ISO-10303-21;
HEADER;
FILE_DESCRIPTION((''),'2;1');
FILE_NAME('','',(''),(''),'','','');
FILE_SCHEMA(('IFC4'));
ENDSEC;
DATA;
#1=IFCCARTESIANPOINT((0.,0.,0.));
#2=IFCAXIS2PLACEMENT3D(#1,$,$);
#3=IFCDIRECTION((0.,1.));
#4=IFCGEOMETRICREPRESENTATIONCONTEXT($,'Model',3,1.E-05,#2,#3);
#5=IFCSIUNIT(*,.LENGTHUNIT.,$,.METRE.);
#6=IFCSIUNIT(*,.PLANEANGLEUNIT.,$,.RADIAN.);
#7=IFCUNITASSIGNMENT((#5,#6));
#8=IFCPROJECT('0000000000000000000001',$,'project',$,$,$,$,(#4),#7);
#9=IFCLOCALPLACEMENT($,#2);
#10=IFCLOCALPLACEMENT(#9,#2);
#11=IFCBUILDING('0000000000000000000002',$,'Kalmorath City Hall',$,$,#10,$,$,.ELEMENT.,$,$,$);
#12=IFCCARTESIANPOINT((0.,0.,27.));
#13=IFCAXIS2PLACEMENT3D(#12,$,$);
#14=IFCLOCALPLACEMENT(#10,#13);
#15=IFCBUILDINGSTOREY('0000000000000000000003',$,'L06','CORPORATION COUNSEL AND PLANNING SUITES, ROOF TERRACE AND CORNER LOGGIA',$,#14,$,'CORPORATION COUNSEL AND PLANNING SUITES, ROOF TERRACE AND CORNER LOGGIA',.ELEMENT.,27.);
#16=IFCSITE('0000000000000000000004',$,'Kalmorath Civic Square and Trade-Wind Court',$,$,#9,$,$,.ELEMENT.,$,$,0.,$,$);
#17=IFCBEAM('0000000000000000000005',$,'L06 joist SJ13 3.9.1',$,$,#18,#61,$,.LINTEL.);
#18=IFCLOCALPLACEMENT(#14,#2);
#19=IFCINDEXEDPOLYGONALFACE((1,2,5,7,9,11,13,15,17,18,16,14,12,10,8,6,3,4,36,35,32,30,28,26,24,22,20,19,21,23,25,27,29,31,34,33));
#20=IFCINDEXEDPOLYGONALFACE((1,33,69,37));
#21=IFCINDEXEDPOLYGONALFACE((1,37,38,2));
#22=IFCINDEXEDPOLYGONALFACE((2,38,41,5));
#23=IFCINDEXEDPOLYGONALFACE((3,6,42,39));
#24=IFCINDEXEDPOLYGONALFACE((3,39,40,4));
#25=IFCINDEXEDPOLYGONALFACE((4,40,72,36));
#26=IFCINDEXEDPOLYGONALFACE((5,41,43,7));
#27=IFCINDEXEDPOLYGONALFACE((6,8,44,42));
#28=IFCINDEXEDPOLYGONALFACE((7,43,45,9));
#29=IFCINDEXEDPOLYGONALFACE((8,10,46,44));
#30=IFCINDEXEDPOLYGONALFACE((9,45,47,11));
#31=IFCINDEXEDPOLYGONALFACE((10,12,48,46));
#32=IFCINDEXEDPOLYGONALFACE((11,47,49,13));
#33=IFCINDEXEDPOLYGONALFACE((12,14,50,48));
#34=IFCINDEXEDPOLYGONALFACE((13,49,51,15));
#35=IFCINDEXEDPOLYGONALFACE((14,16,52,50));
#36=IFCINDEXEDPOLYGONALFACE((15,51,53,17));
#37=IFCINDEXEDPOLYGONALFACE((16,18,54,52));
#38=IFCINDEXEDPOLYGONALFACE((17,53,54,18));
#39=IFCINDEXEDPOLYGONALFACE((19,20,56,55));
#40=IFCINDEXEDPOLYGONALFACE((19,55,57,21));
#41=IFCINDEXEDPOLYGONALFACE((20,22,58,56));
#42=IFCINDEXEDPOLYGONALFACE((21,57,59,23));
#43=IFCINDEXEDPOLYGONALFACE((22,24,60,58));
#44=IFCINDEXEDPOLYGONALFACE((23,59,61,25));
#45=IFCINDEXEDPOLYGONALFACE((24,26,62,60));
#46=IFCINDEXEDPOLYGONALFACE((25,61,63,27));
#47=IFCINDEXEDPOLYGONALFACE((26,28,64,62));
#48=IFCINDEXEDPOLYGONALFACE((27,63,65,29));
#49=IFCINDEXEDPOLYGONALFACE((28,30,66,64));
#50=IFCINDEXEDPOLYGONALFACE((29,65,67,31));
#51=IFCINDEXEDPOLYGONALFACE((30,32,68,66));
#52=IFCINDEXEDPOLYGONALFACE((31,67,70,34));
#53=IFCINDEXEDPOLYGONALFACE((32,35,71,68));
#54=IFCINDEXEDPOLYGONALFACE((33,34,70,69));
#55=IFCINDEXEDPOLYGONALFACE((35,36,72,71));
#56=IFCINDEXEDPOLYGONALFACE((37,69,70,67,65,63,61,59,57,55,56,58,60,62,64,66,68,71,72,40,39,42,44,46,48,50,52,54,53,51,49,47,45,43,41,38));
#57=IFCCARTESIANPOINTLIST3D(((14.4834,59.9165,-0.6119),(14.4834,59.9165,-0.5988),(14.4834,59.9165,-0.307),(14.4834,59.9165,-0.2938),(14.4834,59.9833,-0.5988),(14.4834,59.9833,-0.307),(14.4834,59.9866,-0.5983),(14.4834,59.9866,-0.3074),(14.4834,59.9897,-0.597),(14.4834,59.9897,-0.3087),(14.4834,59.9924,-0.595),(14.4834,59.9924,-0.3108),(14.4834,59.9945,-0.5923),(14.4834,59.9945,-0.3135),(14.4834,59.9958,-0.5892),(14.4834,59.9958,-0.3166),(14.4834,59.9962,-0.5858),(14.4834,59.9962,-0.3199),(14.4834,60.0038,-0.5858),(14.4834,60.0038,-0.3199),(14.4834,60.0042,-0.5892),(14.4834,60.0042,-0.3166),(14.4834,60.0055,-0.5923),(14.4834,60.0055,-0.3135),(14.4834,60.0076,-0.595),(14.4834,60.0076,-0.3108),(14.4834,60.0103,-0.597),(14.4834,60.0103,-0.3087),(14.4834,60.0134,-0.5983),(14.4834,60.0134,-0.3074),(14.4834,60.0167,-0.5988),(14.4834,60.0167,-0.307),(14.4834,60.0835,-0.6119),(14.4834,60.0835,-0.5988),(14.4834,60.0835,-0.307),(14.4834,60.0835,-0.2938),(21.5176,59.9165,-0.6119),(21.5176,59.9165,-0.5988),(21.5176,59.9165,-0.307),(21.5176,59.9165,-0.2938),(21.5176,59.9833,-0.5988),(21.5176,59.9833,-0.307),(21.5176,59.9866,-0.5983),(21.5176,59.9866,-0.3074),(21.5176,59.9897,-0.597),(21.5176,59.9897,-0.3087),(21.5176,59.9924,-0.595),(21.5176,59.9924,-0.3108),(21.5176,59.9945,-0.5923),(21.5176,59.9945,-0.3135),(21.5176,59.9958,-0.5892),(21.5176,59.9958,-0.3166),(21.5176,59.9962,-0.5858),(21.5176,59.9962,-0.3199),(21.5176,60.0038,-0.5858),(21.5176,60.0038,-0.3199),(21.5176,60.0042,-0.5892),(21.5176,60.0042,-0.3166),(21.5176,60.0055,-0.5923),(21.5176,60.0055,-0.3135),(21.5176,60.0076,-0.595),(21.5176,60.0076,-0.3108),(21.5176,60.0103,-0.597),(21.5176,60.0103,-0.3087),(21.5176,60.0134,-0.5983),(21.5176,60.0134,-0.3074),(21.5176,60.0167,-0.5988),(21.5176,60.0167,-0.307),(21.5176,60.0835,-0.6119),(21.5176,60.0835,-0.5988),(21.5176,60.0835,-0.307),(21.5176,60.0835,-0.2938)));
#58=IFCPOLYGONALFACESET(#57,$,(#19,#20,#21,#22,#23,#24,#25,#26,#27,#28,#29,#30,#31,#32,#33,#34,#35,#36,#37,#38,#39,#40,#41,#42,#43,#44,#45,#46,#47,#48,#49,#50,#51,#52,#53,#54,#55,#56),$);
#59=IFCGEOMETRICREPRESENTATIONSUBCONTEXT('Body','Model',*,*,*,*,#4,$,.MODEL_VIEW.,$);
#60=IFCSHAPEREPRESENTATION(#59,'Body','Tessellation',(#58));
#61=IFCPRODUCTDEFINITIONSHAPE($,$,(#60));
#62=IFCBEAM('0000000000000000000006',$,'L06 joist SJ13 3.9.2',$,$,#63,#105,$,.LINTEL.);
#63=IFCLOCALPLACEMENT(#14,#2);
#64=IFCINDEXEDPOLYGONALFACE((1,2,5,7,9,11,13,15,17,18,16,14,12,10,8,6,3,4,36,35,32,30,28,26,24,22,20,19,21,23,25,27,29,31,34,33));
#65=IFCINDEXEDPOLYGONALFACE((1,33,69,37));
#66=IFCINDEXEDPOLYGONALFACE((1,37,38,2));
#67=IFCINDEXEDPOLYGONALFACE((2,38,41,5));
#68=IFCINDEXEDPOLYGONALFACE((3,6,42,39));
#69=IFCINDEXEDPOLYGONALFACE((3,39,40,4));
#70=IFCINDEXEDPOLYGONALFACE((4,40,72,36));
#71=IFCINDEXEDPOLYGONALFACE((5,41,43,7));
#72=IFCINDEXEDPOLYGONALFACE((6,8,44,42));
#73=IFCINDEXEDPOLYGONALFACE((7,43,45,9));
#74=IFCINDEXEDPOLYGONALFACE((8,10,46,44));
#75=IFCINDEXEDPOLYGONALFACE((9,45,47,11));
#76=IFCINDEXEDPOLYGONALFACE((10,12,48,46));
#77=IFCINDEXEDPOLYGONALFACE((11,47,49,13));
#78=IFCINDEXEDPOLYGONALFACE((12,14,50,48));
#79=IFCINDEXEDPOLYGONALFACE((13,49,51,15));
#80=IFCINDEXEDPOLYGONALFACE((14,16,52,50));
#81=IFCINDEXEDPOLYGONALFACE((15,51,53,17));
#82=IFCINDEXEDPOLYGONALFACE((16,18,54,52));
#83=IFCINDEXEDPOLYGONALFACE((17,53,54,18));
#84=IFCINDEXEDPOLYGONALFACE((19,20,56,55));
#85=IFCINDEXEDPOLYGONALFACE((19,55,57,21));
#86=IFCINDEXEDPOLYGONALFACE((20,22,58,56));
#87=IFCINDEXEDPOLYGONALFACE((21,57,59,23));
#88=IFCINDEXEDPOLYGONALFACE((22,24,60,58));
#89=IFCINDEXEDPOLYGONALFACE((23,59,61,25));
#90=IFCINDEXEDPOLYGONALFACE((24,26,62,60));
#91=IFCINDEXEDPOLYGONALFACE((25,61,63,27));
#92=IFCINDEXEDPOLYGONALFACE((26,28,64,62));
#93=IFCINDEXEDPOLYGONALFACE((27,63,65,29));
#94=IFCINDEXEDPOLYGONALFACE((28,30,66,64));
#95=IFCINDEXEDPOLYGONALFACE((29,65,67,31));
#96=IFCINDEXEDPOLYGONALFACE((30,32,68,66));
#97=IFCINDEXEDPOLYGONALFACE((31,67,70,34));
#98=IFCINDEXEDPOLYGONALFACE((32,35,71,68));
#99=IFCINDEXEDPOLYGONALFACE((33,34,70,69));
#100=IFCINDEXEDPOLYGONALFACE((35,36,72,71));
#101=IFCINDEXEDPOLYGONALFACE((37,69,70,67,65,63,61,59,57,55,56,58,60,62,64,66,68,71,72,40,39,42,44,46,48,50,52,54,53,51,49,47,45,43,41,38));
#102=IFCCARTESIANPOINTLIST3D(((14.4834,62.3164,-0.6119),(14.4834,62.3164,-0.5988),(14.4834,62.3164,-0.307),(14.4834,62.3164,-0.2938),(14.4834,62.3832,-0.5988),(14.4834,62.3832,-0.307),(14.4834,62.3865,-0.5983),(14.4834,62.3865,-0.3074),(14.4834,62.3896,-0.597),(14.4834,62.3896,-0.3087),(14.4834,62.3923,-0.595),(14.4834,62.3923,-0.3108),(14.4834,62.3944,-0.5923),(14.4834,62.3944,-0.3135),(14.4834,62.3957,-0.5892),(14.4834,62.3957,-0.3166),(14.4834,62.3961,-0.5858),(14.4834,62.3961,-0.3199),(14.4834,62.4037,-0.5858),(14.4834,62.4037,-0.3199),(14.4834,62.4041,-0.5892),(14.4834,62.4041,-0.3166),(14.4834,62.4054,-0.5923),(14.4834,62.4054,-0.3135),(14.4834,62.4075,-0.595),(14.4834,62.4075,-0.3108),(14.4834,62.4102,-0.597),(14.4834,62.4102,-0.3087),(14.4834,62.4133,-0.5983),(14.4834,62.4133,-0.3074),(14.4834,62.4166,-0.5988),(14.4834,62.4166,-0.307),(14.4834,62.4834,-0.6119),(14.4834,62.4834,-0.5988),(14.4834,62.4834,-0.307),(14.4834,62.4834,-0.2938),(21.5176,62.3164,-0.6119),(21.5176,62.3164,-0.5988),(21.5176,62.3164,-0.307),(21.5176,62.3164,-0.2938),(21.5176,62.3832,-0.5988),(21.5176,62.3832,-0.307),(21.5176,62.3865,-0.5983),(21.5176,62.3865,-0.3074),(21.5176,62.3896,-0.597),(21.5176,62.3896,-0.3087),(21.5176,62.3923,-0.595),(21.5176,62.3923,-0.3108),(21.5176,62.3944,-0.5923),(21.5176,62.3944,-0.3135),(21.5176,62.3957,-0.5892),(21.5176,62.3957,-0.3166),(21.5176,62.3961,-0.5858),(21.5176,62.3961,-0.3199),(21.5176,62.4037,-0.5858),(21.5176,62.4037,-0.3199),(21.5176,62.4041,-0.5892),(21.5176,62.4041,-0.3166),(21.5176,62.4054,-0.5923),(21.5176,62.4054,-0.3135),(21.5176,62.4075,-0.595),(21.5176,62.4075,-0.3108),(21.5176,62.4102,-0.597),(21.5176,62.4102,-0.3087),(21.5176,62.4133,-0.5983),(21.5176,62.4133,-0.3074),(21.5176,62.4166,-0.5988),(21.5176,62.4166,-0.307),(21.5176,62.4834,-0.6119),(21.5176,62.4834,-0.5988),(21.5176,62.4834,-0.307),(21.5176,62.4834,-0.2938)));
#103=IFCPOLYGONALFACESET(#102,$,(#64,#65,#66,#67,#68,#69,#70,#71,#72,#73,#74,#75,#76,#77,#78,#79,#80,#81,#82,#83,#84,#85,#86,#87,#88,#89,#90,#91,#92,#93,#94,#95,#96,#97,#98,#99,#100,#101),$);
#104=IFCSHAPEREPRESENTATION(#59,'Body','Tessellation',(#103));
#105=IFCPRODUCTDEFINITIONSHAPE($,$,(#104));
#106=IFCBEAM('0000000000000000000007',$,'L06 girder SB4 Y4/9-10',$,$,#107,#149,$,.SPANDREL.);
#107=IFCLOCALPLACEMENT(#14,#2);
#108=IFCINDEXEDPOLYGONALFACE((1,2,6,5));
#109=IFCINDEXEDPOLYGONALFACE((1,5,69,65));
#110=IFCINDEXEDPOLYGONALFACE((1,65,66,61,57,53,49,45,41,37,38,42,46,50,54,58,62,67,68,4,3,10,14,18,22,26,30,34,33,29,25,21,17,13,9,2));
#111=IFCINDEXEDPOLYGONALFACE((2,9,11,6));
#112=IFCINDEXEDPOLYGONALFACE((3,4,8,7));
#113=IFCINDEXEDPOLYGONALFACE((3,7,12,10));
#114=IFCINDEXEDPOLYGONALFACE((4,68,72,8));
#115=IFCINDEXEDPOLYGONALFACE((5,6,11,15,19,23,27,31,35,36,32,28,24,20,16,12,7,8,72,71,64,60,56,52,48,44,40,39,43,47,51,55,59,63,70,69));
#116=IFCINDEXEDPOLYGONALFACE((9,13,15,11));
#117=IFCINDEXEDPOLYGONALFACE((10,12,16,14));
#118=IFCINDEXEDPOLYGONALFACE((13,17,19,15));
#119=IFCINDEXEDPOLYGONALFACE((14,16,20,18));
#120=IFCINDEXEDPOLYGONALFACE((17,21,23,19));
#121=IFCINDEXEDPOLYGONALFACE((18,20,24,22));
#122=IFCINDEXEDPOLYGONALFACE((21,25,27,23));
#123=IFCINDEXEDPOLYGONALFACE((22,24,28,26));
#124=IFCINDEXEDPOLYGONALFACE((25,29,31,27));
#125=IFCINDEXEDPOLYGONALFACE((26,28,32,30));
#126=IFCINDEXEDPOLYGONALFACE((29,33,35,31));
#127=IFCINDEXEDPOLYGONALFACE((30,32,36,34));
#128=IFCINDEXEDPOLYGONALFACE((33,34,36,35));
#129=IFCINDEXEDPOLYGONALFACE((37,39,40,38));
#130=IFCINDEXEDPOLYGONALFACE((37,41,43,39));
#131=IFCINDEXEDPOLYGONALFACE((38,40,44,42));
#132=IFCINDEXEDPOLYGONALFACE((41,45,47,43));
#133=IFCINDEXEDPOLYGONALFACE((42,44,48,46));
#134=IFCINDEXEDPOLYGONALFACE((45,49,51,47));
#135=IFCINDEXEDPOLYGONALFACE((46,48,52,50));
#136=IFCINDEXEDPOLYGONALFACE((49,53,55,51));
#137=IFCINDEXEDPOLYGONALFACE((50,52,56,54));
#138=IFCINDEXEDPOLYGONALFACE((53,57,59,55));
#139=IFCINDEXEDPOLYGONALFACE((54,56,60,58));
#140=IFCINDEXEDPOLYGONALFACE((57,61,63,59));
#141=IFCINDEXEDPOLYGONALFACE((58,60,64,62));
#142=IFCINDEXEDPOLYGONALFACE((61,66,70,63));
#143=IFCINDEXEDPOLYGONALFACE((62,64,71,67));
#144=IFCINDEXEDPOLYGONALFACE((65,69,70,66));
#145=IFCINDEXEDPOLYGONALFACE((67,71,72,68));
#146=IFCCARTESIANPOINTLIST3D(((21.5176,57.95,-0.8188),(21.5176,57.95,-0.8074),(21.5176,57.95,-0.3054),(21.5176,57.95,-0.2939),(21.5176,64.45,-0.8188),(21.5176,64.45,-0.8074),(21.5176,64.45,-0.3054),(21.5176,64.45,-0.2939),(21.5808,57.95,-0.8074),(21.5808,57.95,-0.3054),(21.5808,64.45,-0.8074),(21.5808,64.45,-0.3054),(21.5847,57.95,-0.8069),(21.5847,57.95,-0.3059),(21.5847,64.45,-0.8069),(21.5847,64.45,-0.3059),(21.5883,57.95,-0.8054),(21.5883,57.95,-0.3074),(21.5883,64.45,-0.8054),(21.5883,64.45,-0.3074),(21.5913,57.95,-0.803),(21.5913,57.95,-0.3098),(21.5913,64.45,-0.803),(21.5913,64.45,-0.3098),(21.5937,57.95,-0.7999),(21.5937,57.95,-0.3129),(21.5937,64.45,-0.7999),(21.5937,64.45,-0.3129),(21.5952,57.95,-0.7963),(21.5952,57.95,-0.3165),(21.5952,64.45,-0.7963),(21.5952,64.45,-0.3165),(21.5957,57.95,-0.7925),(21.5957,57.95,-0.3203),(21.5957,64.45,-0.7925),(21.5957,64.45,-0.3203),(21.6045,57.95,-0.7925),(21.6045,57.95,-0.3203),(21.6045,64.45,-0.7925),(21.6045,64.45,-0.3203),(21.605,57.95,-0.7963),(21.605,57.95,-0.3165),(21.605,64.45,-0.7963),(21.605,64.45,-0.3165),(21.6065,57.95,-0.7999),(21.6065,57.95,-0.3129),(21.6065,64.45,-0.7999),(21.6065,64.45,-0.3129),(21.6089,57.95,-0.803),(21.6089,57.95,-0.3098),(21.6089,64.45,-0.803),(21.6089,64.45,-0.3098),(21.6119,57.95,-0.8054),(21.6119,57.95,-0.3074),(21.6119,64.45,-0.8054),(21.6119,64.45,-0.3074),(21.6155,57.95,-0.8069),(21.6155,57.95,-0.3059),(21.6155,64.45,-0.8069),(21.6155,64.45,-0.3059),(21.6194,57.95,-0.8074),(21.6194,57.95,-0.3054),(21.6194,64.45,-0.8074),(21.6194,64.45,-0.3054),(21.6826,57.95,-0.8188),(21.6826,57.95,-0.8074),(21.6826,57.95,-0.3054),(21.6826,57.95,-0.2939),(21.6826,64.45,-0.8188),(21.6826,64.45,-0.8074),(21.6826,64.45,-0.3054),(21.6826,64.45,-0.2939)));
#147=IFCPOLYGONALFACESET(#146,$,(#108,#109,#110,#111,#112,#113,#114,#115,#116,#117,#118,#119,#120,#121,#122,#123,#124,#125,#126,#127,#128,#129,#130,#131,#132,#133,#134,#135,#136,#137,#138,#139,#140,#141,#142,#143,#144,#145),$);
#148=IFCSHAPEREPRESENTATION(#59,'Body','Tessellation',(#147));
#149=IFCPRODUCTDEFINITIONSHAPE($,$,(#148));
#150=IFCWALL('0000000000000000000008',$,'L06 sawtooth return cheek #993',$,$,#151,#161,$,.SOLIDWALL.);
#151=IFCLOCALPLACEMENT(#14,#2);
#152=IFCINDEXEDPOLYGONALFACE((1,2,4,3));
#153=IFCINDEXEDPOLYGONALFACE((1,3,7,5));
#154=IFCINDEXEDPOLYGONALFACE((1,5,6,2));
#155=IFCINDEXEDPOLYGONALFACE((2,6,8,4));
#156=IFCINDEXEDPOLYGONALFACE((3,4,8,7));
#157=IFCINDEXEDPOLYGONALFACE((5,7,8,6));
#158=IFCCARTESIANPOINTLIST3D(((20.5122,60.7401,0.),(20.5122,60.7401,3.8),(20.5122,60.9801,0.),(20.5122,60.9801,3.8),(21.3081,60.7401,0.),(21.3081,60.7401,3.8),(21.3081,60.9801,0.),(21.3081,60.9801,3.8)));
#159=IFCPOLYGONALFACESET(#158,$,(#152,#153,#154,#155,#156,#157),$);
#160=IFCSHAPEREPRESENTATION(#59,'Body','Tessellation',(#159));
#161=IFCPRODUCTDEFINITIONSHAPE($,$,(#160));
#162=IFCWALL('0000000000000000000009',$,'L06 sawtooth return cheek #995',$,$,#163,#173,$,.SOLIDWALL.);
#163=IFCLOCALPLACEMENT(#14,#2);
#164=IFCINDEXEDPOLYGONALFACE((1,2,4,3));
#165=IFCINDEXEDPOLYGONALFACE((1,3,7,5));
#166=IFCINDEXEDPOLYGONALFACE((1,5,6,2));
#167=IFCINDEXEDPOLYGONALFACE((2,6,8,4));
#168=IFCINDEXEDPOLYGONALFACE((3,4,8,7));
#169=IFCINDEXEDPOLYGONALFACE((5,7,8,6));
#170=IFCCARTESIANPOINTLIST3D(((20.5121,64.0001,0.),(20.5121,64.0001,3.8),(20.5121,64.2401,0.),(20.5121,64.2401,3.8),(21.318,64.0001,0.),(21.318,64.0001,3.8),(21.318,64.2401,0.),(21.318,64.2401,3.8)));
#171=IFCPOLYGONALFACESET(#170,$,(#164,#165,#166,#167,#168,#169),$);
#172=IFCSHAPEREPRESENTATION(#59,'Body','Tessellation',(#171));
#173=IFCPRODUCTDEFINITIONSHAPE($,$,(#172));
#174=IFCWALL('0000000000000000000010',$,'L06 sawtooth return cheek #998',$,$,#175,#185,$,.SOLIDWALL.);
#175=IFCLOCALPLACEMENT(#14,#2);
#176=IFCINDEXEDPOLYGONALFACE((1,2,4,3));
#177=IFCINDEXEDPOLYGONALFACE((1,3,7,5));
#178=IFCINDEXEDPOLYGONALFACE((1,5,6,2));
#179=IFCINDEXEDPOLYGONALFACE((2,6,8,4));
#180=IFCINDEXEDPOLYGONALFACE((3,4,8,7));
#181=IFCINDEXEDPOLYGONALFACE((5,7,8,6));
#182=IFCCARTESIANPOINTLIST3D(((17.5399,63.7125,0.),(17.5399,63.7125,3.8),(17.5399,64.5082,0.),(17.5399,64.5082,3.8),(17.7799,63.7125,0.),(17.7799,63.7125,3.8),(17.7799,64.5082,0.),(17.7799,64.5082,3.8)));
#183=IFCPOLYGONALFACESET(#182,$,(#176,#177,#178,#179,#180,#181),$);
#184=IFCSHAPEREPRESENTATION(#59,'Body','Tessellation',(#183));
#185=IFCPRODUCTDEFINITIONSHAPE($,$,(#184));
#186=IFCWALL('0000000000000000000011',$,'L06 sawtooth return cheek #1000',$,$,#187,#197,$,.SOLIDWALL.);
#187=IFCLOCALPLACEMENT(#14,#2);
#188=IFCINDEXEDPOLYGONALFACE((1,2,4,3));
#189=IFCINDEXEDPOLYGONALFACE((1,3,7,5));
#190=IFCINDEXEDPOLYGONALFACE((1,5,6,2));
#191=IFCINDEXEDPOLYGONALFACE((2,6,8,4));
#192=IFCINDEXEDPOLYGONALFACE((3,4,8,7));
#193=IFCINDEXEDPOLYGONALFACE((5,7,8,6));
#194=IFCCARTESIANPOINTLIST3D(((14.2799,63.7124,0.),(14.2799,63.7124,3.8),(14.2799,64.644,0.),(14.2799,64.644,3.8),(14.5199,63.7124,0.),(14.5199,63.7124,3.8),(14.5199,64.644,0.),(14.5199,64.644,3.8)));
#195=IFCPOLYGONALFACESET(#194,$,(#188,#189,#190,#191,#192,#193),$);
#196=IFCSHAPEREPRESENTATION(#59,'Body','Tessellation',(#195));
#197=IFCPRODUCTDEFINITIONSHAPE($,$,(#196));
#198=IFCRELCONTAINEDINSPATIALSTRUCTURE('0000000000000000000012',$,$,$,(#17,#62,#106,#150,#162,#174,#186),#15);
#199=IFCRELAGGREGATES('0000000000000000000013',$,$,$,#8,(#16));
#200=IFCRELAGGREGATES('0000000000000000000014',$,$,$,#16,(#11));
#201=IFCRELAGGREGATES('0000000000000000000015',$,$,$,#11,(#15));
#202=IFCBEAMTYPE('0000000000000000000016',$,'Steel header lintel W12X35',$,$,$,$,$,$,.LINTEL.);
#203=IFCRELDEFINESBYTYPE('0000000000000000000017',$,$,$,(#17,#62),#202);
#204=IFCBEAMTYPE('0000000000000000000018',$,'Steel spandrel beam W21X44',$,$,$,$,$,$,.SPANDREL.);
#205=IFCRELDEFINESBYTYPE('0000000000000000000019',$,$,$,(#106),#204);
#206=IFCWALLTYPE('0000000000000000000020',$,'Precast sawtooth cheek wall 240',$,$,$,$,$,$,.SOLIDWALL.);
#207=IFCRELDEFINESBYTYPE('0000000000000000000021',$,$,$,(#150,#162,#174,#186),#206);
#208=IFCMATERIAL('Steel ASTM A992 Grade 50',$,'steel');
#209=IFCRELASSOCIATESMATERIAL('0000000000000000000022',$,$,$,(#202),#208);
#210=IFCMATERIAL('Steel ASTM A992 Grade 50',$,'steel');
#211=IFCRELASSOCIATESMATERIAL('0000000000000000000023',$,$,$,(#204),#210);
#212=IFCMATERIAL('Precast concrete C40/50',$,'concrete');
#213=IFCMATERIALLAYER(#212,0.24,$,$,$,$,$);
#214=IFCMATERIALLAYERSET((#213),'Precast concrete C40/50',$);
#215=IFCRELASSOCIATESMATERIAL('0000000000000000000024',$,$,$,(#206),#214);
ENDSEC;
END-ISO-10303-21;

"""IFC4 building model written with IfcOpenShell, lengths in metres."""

from ifc_helpers import new_model, si_unit, direction, frame, frame_2d, origin, origin_2d, place, context, subcontext, project, spatial, rectangle, i_section, extrude, material, layer, layer_set, material_profile, profile_set, type_object, element, save


model = new_model("IFC4")

# Units and contexts
model_context = context("Model", 3, precision=1e-05, world=origin(), true_north=direction((0.0, 1.0)))
body_context = subcontext(model_context, "Body", "Model", "MODEL_VIEW")
ifc_project = project(units=[si_unit("LENGTHUNIT", "METRE"), si_unit("PLANEANGLEUNIT", "RADIAN")], contexts=[model_context])

# Site, building, storey
site_placement = place(None, origin())
site = spatial("IfcSite", under=ifc_project, at=site_placement, Name="Kalmorath Civic Square and Trade-Wind Court", CompositionType="ELEMENT", RefElevation=0.0)
building_placement = place(site_placement, origin())
building = spatial("IfcBuilding", under=site, at=building_placement, Name="Kalmorath City Hall", CompositionType="ELEMENT")
storey_placement = place(building_placement, frame((0.0, 0.0, 27.0)))
storey = spatial("IfcBuildingStorey", under=building, at=storey_placement, Name="L06", Description="CORPORATION COUNSEL AND PLANNING SUITES, ROOF TERRACE AND CORNER LOGGIA", LongName="CORPORATION COUNSEL AND PLANNING SUITES, ROOF TERRACE AND CORNER LOGGIA", CompositionType="ELEMENT", Elevation=27.0)

# Beams
ifc_material_1 = material(Name="Steel ASTM A992 Grade 50", Category="steel")
ifc_material_profile_1 = material_profile(ifc_material_1, i_section(OverallWidth=0.167, OverallDepth=0.3181, WebThickness=0.0076, FlangeThickness=0.0132, FilletRadius=0.0129, at=origin_2d()), Name="W12X35")
ifc_profile_set_1 = profile_set([ifc_material_profile_1], Name="Steel ASTM A992 Grade 50")
beam_type_1 = type_object("IfcBeamType", Name="Steel header lintel W12X35", PredefinedType="LINTEL", material=ifc_profile_set_1)
for number, where, z_axis, x_axis, name in (
    (1, (14.4834, 60.0, -0.4529), (1.0, 0.0, 0.0), (0.0, 1.0, 0.0), "L06 joist SJ13 3.9.1"),
    (2, (14.4834, 62.3999, -0.4529), (1.0, 0.0, 0.0), (0.0, 1.0, 0.0), "L06 joist SJ13 3.9.2"),
):
    element("IfcBeam", number, at=place(storey_placement, frame(where, z_axis=z_axis, x_axis=x_axis)), inside=storey, type_object=beam_type_1, Name=name, PredefinedType="LINTEL", context=body_context, shape_type="SweptSolid", body=[
        extrude(i_section(OverallWidth=0.167, OverallDepth=0.3181, WebThickness=0.0076, FlangeThickness=0.0132, FilletRadius=0.0129, at=origin_2d()), origin(), (0.0, 0.0, 1.0), 7.0342),
    ])
ifc_material_2 = material(Name="Steel ASTM A992 Grade 50", Category="steel")
ifc_material_profile_2 = material_profile(ifc_material_2, i_section(OverallWidth=0.165, OverallDepth=0.5249, WebThickness=0.0088, FlangeThickness=0.0115, FilletRadius=0.0149, at=origin_2d()), Name="W21X44")
ifc_profile_set_2 = profile_set([ifc_material_profile_2], Name="Steel ASTM A992 Grade 50")
beam_type_2 = type_object("IfcBeamType", Name="Steel spandrel beam W21X44", PredefinedType="SPANDREL", material=ifc_profile_set_2)
beam_placement = place(storey_placement, frame((21.6001, 57.95, -0.5564), z_axis=(0.0, 1.0, 0.0), x_axis=(-1.0, 0.0, 0.0)))
element("IfcBeam", 3, at=beam_placement, inside=storey, type_object=beam_type_2, Name="L06 girder SB4 Y4/9-10", PredefinedType="SPANDREL", context=body_context, shape_type="SweptSolid", body=[
    extrude(i_section(OverallWidth=0.165, OverallDepth=0.5249, WebThickness=0.0088, FlangeThickness=0.0115, FilletRadius=0.0149, at=origin_2d()), origin(), (0.0, 0.0, 1.0), 6.5),
])

# Walls
ifc_material_3 = material(Name="Precast concrete C40/50", Category="concrete")
ifc_layer_1 = layer(ifc_material_3, 0.24)
ifc_layer_set_1 = layer_set([ifc_layer_1], Name="Precast concrete C40/50")
wall_type_1 = type_object("IfcWallType", Name="Precast sawtooth cheek wall 240", PredefinedType="SOLIDWALL", material=ifc_layer_set_1)
wall_1_placement = place(storey_placement, frame((20.5122, 60.8601, 0.0), z_axis=(0.0, 0.0, 1.0), x_axis=(1.0, 0.0, 0.0)))
element("IfcWall", 4, at=wall_1_placement, inside=storey, type_object=wall_type_1, Name="L06 sawtooth return cheek #993", PredefinedType="SOLIDWALL", context=body_context, shape_type="SweptSolid", body=[
    extrude(rectangle(XDim=0.7959, YDim=0.24, at=frame_2d((0.3979, 0.0))), origin(), (0.0, 0.0, 1.0), 3.8),
])
wall_2_placement = place(storey_placement, frame((20.5122, 64.1201, 0.0), z_axis=(0.0, 0.0, 1.0), x_axis=(1.0, 0.0, 0.0)))
element("IfcWall", 5, at=wall_2_placement, inside=storey, type_object=wall_type_1, Name="L06 sawtooth return cheek #995", PredefinedType="SOLIDWALL", context=body_context, shape_type="SweptSolid", body=[
    extrude(rectangle(XDim=0.8059, YDim=0.24, at=frame_2d((0.4028, 0.0))), origin(), (0.0, 0.0, 1.0), 3.8),
])
wall_3_placement = place(storey_placement, frame((17.6599, 63.7124, 0.0), z_axis=(0.0, 0.0, 1.0), x_axis=(0.0, 1.0, 0.0)))
element("IfcWall", 6, at=wall_3_placement, inside=storey, type_object=wall_type_1, Name="L06 sawtooth return cheek #998", PredefinedType="SOLIDWALL", context=body_context, shape_type="SweptSolid", body=[
    extrude(rectangle(XDim=0.7957, YDim=0.24, at=frame_2d((0.3979, 0.0))), origin(), (0.0, 0.0, 1.0), 3.8),
])
wall_4_placement = place(storey_placement, frame((14.3999, 63.7124, 0.0), z_axis=(0.0, 0.0, 1.0), x_axis=(0.0, 1.0, 0.0)))
element("IfcWall", 7, at=wall_4_placement, inside=storey, type_object=wall_type_1, Name="L06 sawtooth return cheek #1000", PredefinedType="SOLIDWALL", context=body_context, shape_type="SweptSolid", body=[
    extrude(rectangle(XDim=0.9316, YDim=0.24, at=frame_2d((0.4658, 0.0))), origin(), (0.0, 0.0, 1.0), 3.8),
])

save(model, "model.ifc")
